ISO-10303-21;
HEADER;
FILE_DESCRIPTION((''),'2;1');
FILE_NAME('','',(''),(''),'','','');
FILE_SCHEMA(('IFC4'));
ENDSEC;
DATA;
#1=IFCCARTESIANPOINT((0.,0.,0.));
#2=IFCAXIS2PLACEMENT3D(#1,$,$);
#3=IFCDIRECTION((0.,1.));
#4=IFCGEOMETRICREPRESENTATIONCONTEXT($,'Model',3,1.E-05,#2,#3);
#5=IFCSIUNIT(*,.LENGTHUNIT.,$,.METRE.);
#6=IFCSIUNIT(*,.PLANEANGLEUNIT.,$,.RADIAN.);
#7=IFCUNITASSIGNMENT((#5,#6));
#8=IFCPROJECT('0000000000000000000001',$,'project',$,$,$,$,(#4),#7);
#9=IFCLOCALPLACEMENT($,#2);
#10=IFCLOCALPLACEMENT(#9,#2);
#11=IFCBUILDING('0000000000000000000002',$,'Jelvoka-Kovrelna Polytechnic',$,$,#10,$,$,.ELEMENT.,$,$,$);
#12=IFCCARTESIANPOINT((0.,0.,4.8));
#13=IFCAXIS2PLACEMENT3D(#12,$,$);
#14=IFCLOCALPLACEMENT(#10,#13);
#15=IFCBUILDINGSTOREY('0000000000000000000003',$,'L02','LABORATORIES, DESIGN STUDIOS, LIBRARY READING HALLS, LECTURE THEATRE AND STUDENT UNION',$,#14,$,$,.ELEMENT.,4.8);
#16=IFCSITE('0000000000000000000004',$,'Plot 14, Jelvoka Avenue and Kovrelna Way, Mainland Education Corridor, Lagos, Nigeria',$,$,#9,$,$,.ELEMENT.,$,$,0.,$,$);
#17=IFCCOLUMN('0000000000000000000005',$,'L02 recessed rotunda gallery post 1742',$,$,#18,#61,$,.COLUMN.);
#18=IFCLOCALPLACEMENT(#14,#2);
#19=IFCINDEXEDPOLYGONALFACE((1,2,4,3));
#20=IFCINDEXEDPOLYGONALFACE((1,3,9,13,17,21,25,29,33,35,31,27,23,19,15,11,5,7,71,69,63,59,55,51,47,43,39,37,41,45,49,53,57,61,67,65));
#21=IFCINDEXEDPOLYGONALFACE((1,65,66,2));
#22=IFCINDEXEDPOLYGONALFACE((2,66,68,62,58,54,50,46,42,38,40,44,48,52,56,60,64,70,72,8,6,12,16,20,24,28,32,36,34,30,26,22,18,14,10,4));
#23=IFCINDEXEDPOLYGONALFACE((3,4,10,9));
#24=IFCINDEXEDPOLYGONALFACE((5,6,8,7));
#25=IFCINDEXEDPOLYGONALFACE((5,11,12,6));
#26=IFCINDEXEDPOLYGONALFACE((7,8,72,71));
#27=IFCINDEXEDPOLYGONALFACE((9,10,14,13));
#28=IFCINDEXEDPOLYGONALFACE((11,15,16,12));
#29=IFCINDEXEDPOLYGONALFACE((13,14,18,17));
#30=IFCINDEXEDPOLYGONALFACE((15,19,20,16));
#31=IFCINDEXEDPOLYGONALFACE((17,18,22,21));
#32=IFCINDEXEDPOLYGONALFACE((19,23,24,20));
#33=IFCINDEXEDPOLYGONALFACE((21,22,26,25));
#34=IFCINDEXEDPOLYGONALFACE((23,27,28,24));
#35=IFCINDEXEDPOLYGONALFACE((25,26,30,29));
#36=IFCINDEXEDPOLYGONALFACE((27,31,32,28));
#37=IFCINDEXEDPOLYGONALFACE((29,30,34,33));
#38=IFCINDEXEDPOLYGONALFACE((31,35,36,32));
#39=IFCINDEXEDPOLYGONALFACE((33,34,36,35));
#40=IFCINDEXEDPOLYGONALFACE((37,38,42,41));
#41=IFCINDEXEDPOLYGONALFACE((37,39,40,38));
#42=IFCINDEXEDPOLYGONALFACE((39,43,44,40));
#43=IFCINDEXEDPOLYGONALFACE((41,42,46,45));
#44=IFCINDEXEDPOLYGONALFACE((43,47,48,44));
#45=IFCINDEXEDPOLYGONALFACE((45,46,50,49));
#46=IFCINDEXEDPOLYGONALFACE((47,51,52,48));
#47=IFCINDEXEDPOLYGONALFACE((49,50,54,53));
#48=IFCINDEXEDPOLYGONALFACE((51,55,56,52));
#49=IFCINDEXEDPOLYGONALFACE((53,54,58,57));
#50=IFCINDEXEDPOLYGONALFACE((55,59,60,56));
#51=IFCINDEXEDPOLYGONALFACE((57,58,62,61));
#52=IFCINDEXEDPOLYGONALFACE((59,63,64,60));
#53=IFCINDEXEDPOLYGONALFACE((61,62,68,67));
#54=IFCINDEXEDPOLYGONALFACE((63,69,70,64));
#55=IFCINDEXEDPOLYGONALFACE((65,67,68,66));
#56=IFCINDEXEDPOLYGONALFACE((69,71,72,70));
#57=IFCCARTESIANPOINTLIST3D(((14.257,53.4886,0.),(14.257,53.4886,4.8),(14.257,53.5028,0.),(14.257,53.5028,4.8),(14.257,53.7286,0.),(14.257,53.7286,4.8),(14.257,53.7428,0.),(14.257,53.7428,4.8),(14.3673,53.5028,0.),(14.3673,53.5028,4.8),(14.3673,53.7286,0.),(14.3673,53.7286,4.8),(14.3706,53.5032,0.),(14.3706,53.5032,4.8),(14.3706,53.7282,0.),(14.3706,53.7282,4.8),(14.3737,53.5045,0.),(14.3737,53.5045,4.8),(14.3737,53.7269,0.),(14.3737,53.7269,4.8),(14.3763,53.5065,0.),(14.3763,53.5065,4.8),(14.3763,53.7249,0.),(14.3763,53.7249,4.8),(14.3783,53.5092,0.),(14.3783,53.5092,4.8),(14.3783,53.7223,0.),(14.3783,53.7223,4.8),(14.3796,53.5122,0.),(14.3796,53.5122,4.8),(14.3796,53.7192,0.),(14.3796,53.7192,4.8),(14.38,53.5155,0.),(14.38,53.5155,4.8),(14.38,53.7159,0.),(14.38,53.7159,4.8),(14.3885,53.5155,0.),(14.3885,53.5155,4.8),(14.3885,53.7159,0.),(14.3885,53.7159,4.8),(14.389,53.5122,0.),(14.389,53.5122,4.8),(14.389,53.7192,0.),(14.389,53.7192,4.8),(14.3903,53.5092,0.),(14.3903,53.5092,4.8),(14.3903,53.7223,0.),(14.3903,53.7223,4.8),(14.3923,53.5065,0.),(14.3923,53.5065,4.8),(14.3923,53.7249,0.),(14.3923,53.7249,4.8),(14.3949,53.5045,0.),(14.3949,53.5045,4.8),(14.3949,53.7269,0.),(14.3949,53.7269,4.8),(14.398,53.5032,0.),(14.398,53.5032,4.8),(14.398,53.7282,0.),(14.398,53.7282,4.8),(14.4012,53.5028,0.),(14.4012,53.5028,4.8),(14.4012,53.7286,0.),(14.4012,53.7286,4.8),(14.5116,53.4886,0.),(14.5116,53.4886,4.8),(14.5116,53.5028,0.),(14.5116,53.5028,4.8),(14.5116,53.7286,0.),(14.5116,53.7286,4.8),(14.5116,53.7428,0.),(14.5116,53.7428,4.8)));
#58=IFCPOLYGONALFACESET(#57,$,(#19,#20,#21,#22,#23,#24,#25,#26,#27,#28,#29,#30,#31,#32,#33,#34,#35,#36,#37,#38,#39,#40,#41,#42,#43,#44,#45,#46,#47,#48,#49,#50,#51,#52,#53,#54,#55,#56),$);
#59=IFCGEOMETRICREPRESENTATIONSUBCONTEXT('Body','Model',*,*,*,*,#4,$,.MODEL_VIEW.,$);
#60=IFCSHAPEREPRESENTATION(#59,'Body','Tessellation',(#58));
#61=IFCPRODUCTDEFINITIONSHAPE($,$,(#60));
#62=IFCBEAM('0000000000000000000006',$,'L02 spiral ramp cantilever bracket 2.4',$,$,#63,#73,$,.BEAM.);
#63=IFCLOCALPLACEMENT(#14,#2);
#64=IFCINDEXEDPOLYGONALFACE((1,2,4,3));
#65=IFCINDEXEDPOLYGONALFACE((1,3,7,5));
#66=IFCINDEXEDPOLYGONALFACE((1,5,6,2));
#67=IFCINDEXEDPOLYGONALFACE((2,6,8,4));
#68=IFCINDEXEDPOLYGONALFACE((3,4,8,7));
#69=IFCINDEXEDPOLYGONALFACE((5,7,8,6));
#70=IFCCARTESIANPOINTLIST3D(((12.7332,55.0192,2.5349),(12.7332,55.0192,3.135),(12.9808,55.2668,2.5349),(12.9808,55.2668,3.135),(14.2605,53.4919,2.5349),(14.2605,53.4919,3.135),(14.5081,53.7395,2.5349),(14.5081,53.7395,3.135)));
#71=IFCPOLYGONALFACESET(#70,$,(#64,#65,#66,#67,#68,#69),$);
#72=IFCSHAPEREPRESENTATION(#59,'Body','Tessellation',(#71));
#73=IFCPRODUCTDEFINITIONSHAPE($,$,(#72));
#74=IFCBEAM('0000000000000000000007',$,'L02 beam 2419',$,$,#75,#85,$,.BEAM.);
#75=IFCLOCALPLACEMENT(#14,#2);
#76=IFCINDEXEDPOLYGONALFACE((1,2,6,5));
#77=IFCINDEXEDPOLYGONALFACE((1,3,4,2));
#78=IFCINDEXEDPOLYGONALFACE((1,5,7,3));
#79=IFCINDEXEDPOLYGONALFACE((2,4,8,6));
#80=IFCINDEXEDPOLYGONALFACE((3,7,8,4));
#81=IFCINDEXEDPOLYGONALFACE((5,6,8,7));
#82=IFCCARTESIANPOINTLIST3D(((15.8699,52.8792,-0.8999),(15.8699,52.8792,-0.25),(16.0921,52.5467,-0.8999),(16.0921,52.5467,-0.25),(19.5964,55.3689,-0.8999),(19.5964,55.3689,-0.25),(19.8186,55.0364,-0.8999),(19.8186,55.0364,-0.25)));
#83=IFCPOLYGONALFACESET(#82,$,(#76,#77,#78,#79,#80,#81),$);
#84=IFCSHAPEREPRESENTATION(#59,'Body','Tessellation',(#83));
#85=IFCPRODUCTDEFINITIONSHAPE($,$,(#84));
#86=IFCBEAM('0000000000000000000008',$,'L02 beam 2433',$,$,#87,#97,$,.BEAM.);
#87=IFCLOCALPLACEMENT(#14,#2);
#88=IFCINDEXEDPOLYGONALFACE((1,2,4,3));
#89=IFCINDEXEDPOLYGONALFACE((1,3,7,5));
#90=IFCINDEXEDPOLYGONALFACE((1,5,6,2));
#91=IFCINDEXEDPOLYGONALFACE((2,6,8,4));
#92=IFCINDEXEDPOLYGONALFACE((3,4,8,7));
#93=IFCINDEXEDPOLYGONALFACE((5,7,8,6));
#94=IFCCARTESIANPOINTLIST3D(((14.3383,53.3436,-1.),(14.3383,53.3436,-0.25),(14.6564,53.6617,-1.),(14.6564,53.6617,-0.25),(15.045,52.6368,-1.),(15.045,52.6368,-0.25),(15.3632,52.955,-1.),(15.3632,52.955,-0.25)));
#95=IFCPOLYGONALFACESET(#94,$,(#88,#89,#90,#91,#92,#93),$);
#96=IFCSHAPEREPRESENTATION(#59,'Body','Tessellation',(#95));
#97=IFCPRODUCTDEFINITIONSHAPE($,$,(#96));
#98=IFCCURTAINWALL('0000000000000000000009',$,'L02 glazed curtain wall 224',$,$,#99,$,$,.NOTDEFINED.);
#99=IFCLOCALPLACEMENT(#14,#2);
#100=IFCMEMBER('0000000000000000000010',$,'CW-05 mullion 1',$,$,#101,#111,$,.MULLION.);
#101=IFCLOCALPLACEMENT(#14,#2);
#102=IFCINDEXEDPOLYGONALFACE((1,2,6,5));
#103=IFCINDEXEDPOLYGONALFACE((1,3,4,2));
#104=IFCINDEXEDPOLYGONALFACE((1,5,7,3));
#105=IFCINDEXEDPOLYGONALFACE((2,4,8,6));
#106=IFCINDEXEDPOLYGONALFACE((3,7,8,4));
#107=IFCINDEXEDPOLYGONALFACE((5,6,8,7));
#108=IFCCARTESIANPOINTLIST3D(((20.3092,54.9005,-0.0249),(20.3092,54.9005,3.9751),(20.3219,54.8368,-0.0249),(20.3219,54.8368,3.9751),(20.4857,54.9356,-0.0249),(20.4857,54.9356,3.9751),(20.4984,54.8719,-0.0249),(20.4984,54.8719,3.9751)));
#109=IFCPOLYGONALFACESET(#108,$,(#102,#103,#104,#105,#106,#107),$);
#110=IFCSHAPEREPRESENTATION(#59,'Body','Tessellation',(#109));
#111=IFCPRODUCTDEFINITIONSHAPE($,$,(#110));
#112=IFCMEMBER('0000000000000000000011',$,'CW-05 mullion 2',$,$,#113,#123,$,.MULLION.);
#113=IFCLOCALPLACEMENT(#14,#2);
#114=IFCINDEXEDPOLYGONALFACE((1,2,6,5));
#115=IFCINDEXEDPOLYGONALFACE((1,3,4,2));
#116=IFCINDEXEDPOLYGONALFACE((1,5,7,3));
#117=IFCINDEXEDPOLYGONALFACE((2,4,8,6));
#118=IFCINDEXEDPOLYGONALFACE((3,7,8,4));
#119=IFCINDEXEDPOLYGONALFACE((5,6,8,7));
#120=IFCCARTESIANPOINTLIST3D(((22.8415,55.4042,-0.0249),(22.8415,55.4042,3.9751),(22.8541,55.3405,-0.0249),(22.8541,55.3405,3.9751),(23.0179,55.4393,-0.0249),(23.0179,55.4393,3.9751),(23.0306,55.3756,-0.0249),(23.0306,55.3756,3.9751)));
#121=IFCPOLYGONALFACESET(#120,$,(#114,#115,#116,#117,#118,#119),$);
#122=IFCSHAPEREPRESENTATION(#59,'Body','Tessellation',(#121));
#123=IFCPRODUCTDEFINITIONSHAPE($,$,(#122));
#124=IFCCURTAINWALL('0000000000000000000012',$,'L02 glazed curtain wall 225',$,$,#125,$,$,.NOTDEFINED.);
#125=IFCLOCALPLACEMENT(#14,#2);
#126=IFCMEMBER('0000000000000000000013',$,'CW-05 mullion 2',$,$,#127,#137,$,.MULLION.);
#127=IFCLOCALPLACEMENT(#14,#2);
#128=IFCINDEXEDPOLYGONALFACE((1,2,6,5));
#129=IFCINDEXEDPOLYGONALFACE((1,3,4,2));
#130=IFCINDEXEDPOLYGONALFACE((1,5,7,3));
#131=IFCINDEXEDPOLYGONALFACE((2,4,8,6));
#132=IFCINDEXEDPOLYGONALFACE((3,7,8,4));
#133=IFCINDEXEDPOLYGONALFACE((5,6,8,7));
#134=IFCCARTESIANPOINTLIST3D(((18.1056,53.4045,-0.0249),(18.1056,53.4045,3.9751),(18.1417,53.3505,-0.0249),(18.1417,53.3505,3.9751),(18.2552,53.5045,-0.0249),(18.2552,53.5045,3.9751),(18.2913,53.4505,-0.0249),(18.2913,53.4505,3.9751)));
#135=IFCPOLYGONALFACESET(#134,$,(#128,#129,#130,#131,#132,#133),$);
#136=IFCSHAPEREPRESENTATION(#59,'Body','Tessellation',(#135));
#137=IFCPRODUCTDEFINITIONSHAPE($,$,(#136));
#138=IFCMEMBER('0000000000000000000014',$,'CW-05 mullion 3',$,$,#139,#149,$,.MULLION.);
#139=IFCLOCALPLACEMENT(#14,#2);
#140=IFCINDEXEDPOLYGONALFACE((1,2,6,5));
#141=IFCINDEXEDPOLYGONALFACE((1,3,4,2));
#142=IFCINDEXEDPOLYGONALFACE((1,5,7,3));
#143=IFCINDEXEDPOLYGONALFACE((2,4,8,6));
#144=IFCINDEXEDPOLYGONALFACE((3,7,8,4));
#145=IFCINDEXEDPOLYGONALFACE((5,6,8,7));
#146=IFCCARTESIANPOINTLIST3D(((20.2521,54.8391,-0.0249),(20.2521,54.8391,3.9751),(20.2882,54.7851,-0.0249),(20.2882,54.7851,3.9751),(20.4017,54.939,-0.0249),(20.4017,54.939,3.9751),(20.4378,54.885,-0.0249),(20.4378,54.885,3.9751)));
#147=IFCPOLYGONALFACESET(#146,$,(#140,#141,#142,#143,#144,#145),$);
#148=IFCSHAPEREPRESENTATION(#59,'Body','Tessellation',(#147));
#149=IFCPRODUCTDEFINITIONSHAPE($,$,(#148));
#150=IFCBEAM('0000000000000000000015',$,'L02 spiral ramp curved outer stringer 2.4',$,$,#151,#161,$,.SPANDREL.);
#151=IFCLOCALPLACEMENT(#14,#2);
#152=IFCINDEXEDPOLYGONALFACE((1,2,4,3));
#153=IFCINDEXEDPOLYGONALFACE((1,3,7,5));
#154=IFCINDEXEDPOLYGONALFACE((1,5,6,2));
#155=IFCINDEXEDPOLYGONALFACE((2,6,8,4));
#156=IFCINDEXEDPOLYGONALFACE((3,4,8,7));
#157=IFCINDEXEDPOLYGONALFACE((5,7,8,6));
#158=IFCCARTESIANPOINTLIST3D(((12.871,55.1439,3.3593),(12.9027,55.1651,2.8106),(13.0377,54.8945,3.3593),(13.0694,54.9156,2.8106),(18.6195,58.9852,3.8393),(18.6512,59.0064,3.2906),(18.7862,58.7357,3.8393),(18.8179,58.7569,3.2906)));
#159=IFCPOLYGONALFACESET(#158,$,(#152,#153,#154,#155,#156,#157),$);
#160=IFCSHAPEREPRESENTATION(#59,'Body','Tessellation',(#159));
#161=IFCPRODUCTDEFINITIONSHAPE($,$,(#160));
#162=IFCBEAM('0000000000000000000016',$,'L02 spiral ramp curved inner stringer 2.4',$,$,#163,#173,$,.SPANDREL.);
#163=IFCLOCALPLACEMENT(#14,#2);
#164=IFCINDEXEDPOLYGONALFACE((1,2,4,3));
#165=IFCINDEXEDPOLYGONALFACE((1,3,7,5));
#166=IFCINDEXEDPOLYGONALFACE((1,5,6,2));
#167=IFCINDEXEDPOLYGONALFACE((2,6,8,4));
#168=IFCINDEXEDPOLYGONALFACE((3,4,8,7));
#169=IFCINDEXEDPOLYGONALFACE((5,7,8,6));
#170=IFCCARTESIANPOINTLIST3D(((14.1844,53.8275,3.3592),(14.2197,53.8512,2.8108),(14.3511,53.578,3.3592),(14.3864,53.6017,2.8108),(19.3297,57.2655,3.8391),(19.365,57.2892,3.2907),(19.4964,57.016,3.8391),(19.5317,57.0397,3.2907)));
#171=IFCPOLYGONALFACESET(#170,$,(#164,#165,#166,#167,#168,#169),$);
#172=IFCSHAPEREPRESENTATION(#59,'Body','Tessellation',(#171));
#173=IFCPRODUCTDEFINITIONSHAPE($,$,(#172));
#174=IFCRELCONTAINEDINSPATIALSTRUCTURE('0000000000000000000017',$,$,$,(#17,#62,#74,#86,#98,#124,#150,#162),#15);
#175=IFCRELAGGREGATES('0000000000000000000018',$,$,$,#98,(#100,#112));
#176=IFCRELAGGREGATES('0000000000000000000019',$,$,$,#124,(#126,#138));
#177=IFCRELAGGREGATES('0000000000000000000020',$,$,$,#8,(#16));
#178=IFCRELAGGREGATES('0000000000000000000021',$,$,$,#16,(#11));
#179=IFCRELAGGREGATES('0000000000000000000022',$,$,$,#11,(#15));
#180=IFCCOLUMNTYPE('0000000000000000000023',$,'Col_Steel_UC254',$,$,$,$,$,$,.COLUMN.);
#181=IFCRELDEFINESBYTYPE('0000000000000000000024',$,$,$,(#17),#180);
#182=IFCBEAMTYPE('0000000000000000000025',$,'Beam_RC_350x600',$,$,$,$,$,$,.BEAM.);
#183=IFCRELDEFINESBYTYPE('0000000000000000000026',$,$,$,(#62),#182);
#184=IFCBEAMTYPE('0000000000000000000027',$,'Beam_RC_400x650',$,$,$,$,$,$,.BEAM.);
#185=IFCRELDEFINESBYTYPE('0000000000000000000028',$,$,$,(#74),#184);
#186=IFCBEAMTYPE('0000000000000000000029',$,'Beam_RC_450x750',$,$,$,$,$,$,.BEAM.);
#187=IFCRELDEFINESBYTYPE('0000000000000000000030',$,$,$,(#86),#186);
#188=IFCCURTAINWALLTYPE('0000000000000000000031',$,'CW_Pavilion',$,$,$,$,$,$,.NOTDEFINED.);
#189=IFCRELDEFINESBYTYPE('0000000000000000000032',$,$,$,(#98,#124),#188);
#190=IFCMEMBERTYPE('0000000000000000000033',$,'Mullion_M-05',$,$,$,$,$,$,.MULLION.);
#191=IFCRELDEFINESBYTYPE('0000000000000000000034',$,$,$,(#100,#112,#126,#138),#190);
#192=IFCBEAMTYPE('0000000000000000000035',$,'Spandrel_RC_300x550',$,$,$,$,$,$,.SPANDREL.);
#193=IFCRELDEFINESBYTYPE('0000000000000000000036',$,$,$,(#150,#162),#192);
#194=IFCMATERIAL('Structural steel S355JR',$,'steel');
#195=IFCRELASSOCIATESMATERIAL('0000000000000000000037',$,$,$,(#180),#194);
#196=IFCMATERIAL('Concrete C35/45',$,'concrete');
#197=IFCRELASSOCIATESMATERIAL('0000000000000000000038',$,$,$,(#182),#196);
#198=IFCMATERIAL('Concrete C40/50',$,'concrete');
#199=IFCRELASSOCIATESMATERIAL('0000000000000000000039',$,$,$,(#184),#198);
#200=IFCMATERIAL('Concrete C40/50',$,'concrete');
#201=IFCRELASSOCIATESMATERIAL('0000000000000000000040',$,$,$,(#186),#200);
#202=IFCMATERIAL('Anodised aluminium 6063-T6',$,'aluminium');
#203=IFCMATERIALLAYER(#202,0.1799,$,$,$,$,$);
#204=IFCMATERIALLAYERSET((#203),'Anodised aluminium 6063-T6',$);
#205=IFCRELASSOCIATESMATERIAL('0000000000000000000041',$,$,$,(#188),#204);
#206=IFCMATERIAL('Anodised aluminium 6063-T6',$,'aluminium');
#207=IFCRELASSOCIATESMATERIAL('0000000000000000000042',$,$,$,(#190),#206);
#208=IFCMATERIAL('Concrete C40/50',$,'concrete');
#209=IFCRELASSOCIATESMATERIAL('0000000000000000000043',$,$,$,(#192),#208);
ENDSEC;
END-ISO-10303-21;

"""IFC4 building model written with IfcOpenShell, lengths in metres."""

from ifc_helpers import new_model, si_unit, direction, frame, origin, origin_2d, place, context, subcontext, project, spatial, rectangle, i_section, extrude, material, layer, layer_set, material_profile, profile_set, type_object, element, aggregate, save


model = new_model("IFC4")

# Units and contexts
model_context = context("Model", 3, precision=1e-05, world=origin(), true_north=direction((0.0, 1.0)))
body_context = subcontext(model_context, "Body", "Model", "MODEL_VIEW")
ifc_project = project(units=[si_unit("LENGTHUNIT", "METRE"), si_unit("PLANEANGLEUNIT", "RADIAN")], contexts=[model_context])

# Site, building, storey
site_placement = place(None, origin())
site = spatial("IfcSite", under=ifc_project, at=site_placement, Name="Plot 14, Jelvoka Avenue and Kovrelna Way, Mainland Education Corridor, Lagos, Nigeria", CompositionType="ELEMENT", RefElevation=0.0)
building_placement = place(site_placement, origin())
building = spatial("IfcBuilding", under=site, at=building_placement, Name="Jelvoka-Kovrelna Polytechnic", CompositionType="ELEMENT")
storey_placement = place(building_placement, frame((0.0, 0.0, 4.8)))
storey = spatial("IfcBuildingStorey", under=building, at=storey_placement, Name="L02", Description="LABORATORIES, DESIGN STUDIOS, LIBRARY READING HALLS, LECTURE THEATRE AND STUDENT UNION", CompositionType="ELEMENT", Elevation=4.8)

# Column
ifc_material_1 = material(Name="Structural steel S355JR", Category="steel")
ifc_material_profile_1 = material_profile(ifc_material_1, i_section(OverallWidth=0.2546, OverallDepth=0.2542, WebThickness=0.0085, FlangeThickness=0.0142, FilletRadius=0.0127, at=origin_2d()), Name="254x254x73 UC")
ifc_profile_set_1 = profile_set([ifc_material_profile_1], Name="Structural steel S355JR")
column_type = type_object("IfcColumnType", Name="Col_Steel_UC254", PredefinedType="COLUMN", material=ifc_profile_set_1)
column_placement = place(storey_placement, frame((14.3843, 53.6157, 0.0), z_axis=(0.0, 0.0, 1.0), x_axis=(1.0, 0.0, 0.0)))
element("IfcColumn", 1, at=column_placement, inside=storey, type_object=column_type, Name="L02 recessed rotunda gallery post 1742", PredefinedType="COLUMN", context=body_context, shape_type="SweptSolid", body=[
    extrude(i_section(OverallWidth=0.2546, OverallDepth=0.2542, WebThickness=0.0085, FlangeThickness=0.0142, FilletRadius=0.0127, at=origin_2d()), origin(), (0.0, 0.0, 1.0), 4.8),
])

# Beams
ifc_material_2 = material(Name="Concrete C35/45", Category="concrete")
ifc_material_profile_2 = material_profile(ifc_material_2, rectangle(XDim=0.3501, YDim=0.6001, at=origin_2d()), Name="RC 350x600")
ifc_profile_set_2 = profile_set([ifc_material_profile_2], Name="Concrete C35/45")
beam_type_1 = type_object("IfcBeamType", Name="Beam_RC_350x600", PredefinedType="BEAM", material=ifc_profile_set_2)
beam_1_placement = place(storey_placement, frame((14.3843, 53.6157, 2.835), z_axis=(-0.707107, 0.707107, 0.0), x_axis=(-0.707107, -0.707107, 0.0)))
element("IfcBeam", 2, at=beam_1_placement, inside=storey, type_object=beam_type_1, Name="L02 spiral ramp cantilever bracket 2.4", PredefinedType="BEAM", context=body_context, shape_type="SweptSolid", body=[
    extrude(rectangle(XDim=0.3501, YDim=0.6001, at=origin_2d()), origin(), (0.0, 0.0, 1.0), 2.1599),
])
ifc_material_3 = material(Name="Concrete C40/50", Category="concrete")
ifc_material_profile_3 = material_profile(ifc_material_3, rectangle(XDim=0.3999, YDim=0.6499, at=origin_2d()), Name="RC 400x650")
ifc_profile_set_3 = profile_set([ifc_material_profile_3], Name="Concrete C40/50")
beam_type_2 = type_object("IfcBeamType", Name="Beam_RC_400x650", PredefinedType="BEAM", material=ifc_profile_set_3)
beam_2_placement = place(storey_placement, frame((19.7075, 55.2026, -0.575), z_axis=(-0.831497, -0.55553, 0.0), x_axis=(0.55553, -0.831497, 0.0)))
element("IfcBeam", 3, at=beam_2_placement, inside=storey, type_object=beam_type_2, Name="L02 beam 2419", PredefinedType="BEAM", context=body_context, shape_type="SweptSolid", body=[
    extrude(rectangle(XDim=0.3999, YDim=0.6499, at=origin_2d()), origin(), (0.0, 0.0, 1.0), 4.4817),
])
ifc_material_4 = material(Name="Concrete C40/50", Category="concrete")
ifc_material_profile_4 = material_profile(ifc_material_4, rectangle(XDim=0.45, YDim=0.75, at=origin_2d()), Name="RC 450x750")
ifc_profile_set_4 = profile_set([ifc_material_profile_4], Name="Concrete C40/50")
beam_type_3 = type_object("IfcBeamType", Name="Beam_RC_450x750", PredefinedType="BEAM", material=ifc_profile_set_4)
beam_3_placement = place(storey_placement, frame((15.2041, 52.7959, -0.625), z_axis=(-0.707107, 0.707107, 0.0), x_axis=(-0.707107, -0.707107, 0.0)))
element("IfcBeam", 4, at=beam_3_placement, inside=storey, type_object=beam_type_3, Name="L02 beam 2433", PredefinedType="BEAM", context=body_context, shape_type="SweptSolid", body=[
    extrude(rectangle(XDim=0.45, YDim=0.75, at=origin_2d()), origin(), (0.0, 0.0, 1.0), 0.9995),
])

# Curtain walls, members
ifc_material_5 = material(Name="Anodised aluminium 6063-T6", Category="aluminium")
ifc_layer_1 = layer(ifc_material_5, 0.1799)
ifc_layer_set_1 = layer_set([ifc_layer_1], Name="Anodised aluminium 6063-T6")
curtain_wall_type = type_object("IfcCurtainWallType", Name="CW_Pavilion", PredefinedType="NOTDEFINED", material=ifc_layer_set_1)
curtain_wall_1_placement = place(storey_placement, origin())
curtain_wall_1 = element("IfcCurtainWall", 5, at=curtain_wall_1_placement, inside=storey, type_object=curtain_wall_type, Name="L02 glazed curtain wall 224", PredefinedType="NOTDEFINED")
ifc_material_6 = material(Name="Anodised aluminium 6063-T6", Category="aluminium")
ifc_material_profile_5 = material_profile(ifc_material_6, rectangle(XDim=0.0649, YDim=0.1799, at=origin_2d()), Name="ALU 65x180")
ifc_profile_set_5 = profile_set([ifc_material_profile_5], Name="Anodised aluminium 6063-T6")
member_type_1 = type_object("IfcMemberType", Name="Mullion_M-05", PredefinedType="MULLION", material=ifc_profile_set_5)
member_1_placement = place(storey_placement, frame((20.4038, 54.8862, -0.0249), z_axis=(0.0, 0.0, 1.0), x_axis=(-0.195086, 0.980786, 0.0)))
member_1 = element("IfcMember", 6, at=member_1_placement, type_object=member_type_1, Name="CW-05 mullion 1", PredefinedType="MULLION", context=body_context, shape_type="SweptSolid", body=[
    extrude(rectangle(XDim=0.0649, YDim=0.1799, at=origin_2d()), origin(), (0.0, 0.0, 1.0), 4.0),
])
member_2_placement = place(storey_placement, frame((22.936, 55.3899, -0.0249), z_axis=(0.0, 0.0, 1.0), x_axis=(-0.195086, 0.980786, 0.0)))
member_2 = element("IfcMember", 7, at=member_2_placement, type_object=member_type_1, Name="CW-05 mullion 2", PredefinedType="MULLION", context=body_context, shape_type="SweptSolid", body=[
    extrude(rectangle(XDim=0.0649, YDim=0.1799, at=origin_2d()), origin(), (0.0, 0.0, 1.0), 4.0),
])
curtain_wall_2_placement = place(storey_placement, origin())
curtain_wall_2 = element("IfcCurtainWall", 8, at=curtain_wall_2_placement, inside=storey, type_object=curtain_wall_type, Name="L02 glazed curtain wall 225", PredefinedType="NOTDEFINED")
member_3_placement = place(storey_placement, frame((18.1985, 53.4275, -0.0249), z_axis=(0.0, 0.0, 1.0), x_axis=(-0.555583, 0.831461, 0.0)))
member_3 = element("IfcMember", 9, at=member_3_placement, type_object=member_type_1, Name="CW-05 mullion 2", PredefinedType="MULLION", context=body_context, shape_type="SweptSolid", body=[
    extrude(rectangle(XDim=0.0649, YDim=0.1799, at=origin_2d()), origin(), (0.0, 0.0, 1.0), 4.0),
])
member_4_placement = place(storey_placement, frame((20.345, 54.8621, -0.0249), z_axis=(0.0, 0.0, 1.0), x_axis=(-0.555583, 0.831461, 0.0)))
member_4 = element("IfcMember", 10, at=member_4_placement, type_object=member_type_1, Name="CW-05 mullion 3", PredefinedType="MULLION", context=body_context, shape_type="SweptSolid", body=[
    extrude(rectangle(XDim=0.0649, YDim=0.1799, at=origin_2d()), origin(), (0.0, 0.0, 1.0), 4.0),
])

# Beams
ifc_material_7 = material(Name="Concrete C40/50", Category="concrete")
ifc_material_profile_6 = material_profile(ifc_material_7, rectangle(XDim=0.3, YDim=0.55, at=origin_2d()), Name="RC 300x550")
ifc_profile_set_6 = profile_set([ifc_material_profile_6], Name="Concrete C40/50")
beam_type_4 = type_object("IfcBeamType", Name="Spandrel_RC_300x550", PredefinedType="SPANDREL", material=ifc_profile_set_6)
beam_4_placement = place(storey_placement, frame((12.9702, 55.0298, 3.085), z_axis=(0.829456, 0.554262, 0.069256), x_axis=(-0.555596, 0.831452, 0.0)))
element("IfcBeam", 11, at=beam_4_placement, inside=storey, type_object=beam_type_4, Name="L02 spiral ramp curved outer stringer 2.4", PredefinedType="SPANDREL", context=body_context, shape_type="SweptSolid", body=[
    extrude(rectangle(XDim=0.3, YDim=0.55, at=origin_2d()), origin(), (0.0, 0.0, 1.0), 6.9304),
])
beam_5_placement = place(storey_placement, frame((14.2854, 53.7146, 3.085), z_axis=(0.828977, 0.55391, 0.077332), x_axis=(-0.555574, 0.831467, 0.0)))
element("IfcBeam", 12, at=beam_5_placement, inside=storey, type_object=beam_type_4, Name="L02 spiral ramp curved inner stringer 2.4", PredefinedType="SPANDREL", context=body_context, shape_type="SweptSolid", body=[
    extrude(rectangle(XDim=0.3, YDim=0.55, at=origin_2d()), origin(), (0.0, 0.0, 1.0), 6.2068),
])

aggregate(curtain_wall_1, [member_1, member_2])
aggregate(curtain_wall_2, [member_3, member_4])

save(model, "model.ifc")
